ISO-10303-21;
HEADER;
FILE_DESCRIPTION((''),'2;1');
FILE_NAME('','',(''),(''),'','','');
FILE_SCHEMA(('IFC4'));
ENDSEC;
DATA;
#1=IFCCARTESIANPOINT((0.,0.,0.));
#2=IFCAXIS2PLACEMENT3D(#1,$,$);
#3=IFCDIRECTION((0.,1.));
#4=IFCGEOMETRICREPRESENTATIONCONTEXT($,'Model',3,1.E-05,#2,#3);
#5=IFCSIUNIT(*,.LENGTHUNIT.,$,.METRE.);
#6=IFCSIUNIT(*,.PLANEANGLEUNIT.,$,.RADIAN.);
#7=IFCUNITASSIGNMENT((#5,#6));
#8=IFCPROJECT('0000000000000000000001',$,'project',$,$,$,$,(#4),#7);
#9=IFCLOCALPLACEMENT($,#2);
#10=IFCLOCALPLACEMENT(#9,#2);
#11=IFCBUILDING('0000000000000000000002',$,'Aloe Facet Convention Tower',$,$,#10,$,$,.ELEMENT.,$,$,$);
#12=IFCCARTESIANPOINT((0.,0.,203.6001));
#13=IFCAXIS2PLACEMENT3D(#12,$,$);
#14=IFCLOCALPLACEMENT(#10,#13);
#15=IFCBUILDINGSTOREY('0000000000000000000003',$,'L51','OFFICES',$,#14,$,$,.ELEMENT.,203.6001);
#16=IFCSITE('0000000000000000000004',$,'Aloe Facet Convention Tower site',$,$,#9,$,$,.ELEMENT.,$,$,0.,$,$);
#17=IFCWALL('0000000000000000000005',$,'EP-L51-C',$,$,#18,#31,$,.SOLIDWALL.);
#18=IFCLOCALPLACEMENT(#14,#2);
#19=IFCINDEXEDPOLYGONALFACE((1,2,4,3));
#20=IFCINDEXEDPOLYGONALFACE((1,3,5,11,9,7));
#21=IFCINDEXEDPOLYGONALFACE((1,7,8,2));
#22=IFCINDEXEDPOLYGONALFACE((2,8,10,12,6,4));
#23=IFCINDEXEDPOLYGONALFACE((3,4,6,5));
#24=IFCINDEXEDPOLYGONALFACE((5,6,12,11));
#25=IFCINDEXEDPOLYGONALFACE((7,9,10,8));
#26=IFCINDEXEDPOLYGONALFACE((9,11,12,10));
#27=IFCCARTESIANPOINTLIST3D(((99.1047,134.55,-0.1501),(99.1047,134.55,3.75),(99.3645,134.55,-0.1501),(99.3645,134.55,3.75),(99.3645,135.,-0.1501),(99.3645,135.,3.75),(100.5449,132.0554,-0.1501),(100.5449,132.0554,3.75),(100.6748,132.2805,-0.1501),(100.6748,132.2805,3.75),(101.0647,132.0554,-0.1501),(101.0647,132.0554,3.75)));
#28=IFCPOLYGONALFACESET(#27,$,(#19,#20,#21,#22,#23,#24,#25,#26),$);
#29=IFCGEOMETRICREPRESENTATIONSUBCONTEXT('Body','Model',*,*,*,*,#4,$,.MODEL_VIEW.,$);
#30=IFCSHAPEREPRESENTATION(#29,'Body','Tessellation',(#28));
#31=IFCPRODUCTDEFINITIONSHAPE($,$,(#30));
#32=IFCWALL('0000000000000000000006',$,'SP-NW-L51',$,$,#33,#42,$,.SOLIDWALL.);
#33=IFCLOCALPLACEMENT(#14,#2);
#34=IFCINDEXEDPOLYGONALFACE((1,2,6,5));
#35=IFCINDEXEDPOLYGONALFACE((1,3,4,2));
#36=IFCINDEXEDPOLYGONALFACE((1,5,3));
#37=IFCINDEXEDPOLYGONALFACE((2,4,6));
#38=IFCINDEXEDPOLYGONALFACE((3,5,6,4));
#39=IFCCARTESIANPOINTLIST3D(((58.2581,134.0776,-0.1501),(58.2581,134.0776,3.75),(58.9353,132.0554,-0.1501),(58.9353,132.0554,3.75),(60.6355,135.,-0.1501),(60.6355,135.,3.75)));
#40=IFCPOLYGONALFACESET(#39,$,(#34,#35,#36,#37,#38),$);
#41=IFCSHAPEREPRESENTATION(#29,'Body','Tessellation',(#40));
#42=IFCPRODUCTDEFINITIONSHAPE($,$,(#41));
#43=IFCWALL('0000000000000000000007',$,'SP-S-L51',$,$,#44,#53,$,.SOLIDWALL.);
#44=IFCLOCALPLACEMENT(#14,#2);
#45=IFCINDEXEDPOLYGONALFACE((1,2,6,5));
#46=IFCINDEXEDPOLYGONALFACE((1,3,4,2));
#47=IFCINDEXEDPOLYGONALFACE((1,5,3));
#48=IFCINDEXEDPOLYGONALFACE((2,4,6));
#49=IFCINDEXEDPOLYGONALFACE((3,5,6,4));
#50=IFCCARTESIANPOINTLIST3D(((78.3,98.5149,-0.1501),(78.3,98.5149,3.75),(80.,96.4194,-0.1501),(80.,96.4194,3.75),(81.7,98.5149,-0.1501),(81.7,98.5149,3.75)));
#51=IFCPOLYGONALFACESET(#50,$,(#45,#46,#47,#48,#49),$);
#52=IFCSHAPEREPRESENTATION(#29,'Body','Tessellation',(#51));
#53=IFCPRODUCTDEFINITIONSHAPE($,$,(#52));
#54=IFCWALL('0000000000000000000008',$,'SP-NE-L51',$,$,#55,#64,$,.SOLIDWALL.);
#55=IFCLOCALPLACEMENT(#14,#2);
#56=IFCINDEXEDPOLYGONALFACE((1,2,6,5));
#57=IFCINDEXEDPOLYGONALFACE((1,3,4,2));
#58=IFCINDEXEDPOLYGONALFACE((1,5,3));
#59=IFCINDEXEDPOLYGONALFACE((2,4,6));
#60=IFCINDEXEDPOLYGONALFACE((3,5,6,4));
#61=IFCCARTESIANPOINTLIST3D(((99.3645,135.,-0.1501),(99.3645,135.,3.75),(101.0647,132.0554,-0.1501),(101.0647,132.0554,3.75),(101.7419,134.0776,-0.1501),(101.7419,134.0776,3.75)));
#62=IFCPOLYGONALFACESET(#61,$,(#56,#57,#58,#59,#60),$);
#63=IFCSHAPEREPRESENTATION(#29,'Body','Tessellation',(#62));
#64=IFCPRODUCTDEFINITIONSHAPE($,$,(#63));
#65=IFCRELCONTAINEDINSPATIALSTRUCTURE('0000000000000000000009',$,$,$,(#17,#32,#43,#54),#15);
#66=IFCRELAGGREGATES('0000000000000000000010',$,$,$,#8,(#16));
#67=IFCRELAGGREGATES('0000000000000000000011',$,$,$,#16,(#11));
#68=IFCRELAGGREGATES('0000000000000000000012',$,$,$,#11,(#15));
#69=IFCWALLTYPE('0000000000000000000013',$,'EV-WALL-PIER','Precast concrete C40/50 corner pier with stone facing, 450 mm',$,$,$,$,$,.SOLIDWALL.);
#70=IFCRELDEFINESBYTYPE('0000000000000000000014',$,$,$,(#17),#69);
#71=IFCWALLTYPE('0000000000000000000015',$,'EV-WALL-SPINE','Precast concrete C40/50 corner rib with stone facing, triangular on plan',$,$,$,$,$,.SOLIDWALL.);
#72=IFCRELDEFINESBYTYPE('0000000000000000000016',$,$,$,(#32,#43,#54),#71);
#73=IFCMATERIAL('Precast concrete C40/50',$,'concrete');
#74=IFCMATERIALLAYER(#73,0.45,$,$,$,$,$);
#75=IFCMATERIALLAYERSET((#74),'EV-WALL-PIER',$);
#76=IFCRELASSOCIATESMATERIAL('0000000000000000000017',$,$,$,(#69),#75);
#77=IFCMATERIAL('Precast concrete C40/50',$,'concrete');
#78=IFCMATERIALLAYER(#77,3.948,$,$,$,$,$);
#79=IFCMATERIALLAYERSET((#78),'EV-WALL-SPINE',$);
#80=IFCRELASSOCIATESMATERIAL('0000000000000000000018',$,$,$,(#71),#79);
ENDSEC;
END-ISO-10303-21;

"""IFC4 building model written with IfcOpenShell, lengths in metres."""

from ifc_helpers import new_model, si_unit, direction, frame, origin, place, context, subcontext, project, spatial, polyline, outline, extrude, material, layer, layer_set, type_object, element, save


model = new_model("IFC4")

# Units and contexts
model_context = context("Model", 3, precision=1e-05, world=origin(), true_north=direction((0.0, 1.0)))
body_context = subcontext(model_context, "Body", "Model", "MODEL_VIEW")
ifc_project = project(units=[si_unit("LENGTHUNIT", "METRE"), si_unit("PLANEANGLEUNIT", "RADIAN")], contexts=[model_context])

# Site, building, storey
site_placement = place(None, origin())
site = spatial("IfcSite", under=ifc_project, at=site_placement, Name="Aloe Facet Convention Tower site", CompositionType="ELEMENT", RefElevation=0.0)
building_placement = place(site_placement, origin())
building = spatial("IfcBuilding", under=site, at=building_placement, Name="Aloe Facet Convention Tower", CompositionType="ELEMENT")
storey_placement = place(building_placement, frame((0.0, 0.0, 203.6001)))
storey = spatial("IfcBuildingStorey", under=building, at=storey_placement, Name="L51", Description="OFFICES", CompositionType="ELEMENT", Elevation=203.6001)

# Walls
ifc_material_1 = material(Name="Precast concrete C40/50", Category="concrete")
ifc_layer_1 = layer(ifc_material_1, 0.45)
ifc_layer_set_1 = layer_set([ifc_layer_1], Name="EV-WALL-PIER")
wall_type_1 = type_object("IfcWallType", Name="EV-WALL-PIER", Description="Precast concrete C40/50 corner pier with stone facing, 450 mm", PredefinedType="SOLIDWALL", material=ifc_layer_set_1)
wall_1_placement = place(storey_placement, frame((0.0, 0.0, -0.1501)))
element("IfcWall", 1, at=wall_1_placement, inside=storey, type_object=wall_type_1, Name="EP-L51-C", PredefinedType="SOLIDWALL", context=body_context, shape_type="SweptSolid", body=[
    extrude(outline(polyline([(101.0647, 132.0554), (100.6748, 132.2805), (100.5449, 132.0554), (99.1047, 134.55), (99.3645, 134.55), (99.3645, 135.0), (101.0647, 132.0554)])), origin(), (0.0, 0.0, 1.0), 3.9001),
])
ifc_material_2 = material(Name="Precast concrete C40/50", Category="concrete")
ifc_layer_2 = layer(ifc_material_2, 3.948)
ifc_layer_set_2 = layer_set([ifc_layer_2], Name="EV-WALL-SPINE")
wall_type_2 = type_object("IfcWallType", Name="EV-WALL-SPINE", Description="Precast concrete C40/50 corner rib with stone facing, triangular on plan", PredefinedType="SOLIDWALL", material=ifc_layer_set_2)
wall_2_placement = place(storey_placement, frame((0.0, 0.0, -0.1501)))
element("IfcWall", 2, at=wall_2_placement, inside=storey, type_object=wall_type_2, Name="SP-NW-L51", PredefinedType="SOLIDWALL", context=body_context, shape_type="SweptSolid", body=[
    extrude(outline(polyline([(60.6355, 135.0), (58.2581, 134.0776), (58.9353, 132.0554), (60.6355, 135.0)])), origin(), (0.0, 0.0, 1.0), 3.9001),
])
wall_3_placement = place(storey_placement, frame((0.0, 0.0, -0.1501)))
element("IfcWall", 3, at=wall_3_placement, inside=storey, type_object=wall_type_2, Name="SP-S-L51", PredefinedType="SOLIDWALL", context=body_context, shape_type="SweptSolid", body=[
    extrude(outline(polyline([(78.3, 98.5149), (80.0, 96.4194), (81.7, 98.5149), (78.3, 98.5149)])), origin(), (0.0, 0.0, 1.0), 3.9001),
])
wall_4_placement = place(storey_placement, frame((0.0, 0.0, -0.1501)))
element("IfcWall", 4, at=wall_4_placement, inside=storey, type_object=wall_type_2, Name="SP-NE-L51", PredefinedType="SOLIDWALL", context=body_context, shape_type="SweptSolid", body=[
    extrude(outline(polyline([(101.0647, 132.0554), (101.7419, 134.0776), (99.3645, 135.0), (101.0647, 132.0554)])), origin(), (0.0, 0.0, 1.0), 3.9001),
])

save(model, "model.ifc")
